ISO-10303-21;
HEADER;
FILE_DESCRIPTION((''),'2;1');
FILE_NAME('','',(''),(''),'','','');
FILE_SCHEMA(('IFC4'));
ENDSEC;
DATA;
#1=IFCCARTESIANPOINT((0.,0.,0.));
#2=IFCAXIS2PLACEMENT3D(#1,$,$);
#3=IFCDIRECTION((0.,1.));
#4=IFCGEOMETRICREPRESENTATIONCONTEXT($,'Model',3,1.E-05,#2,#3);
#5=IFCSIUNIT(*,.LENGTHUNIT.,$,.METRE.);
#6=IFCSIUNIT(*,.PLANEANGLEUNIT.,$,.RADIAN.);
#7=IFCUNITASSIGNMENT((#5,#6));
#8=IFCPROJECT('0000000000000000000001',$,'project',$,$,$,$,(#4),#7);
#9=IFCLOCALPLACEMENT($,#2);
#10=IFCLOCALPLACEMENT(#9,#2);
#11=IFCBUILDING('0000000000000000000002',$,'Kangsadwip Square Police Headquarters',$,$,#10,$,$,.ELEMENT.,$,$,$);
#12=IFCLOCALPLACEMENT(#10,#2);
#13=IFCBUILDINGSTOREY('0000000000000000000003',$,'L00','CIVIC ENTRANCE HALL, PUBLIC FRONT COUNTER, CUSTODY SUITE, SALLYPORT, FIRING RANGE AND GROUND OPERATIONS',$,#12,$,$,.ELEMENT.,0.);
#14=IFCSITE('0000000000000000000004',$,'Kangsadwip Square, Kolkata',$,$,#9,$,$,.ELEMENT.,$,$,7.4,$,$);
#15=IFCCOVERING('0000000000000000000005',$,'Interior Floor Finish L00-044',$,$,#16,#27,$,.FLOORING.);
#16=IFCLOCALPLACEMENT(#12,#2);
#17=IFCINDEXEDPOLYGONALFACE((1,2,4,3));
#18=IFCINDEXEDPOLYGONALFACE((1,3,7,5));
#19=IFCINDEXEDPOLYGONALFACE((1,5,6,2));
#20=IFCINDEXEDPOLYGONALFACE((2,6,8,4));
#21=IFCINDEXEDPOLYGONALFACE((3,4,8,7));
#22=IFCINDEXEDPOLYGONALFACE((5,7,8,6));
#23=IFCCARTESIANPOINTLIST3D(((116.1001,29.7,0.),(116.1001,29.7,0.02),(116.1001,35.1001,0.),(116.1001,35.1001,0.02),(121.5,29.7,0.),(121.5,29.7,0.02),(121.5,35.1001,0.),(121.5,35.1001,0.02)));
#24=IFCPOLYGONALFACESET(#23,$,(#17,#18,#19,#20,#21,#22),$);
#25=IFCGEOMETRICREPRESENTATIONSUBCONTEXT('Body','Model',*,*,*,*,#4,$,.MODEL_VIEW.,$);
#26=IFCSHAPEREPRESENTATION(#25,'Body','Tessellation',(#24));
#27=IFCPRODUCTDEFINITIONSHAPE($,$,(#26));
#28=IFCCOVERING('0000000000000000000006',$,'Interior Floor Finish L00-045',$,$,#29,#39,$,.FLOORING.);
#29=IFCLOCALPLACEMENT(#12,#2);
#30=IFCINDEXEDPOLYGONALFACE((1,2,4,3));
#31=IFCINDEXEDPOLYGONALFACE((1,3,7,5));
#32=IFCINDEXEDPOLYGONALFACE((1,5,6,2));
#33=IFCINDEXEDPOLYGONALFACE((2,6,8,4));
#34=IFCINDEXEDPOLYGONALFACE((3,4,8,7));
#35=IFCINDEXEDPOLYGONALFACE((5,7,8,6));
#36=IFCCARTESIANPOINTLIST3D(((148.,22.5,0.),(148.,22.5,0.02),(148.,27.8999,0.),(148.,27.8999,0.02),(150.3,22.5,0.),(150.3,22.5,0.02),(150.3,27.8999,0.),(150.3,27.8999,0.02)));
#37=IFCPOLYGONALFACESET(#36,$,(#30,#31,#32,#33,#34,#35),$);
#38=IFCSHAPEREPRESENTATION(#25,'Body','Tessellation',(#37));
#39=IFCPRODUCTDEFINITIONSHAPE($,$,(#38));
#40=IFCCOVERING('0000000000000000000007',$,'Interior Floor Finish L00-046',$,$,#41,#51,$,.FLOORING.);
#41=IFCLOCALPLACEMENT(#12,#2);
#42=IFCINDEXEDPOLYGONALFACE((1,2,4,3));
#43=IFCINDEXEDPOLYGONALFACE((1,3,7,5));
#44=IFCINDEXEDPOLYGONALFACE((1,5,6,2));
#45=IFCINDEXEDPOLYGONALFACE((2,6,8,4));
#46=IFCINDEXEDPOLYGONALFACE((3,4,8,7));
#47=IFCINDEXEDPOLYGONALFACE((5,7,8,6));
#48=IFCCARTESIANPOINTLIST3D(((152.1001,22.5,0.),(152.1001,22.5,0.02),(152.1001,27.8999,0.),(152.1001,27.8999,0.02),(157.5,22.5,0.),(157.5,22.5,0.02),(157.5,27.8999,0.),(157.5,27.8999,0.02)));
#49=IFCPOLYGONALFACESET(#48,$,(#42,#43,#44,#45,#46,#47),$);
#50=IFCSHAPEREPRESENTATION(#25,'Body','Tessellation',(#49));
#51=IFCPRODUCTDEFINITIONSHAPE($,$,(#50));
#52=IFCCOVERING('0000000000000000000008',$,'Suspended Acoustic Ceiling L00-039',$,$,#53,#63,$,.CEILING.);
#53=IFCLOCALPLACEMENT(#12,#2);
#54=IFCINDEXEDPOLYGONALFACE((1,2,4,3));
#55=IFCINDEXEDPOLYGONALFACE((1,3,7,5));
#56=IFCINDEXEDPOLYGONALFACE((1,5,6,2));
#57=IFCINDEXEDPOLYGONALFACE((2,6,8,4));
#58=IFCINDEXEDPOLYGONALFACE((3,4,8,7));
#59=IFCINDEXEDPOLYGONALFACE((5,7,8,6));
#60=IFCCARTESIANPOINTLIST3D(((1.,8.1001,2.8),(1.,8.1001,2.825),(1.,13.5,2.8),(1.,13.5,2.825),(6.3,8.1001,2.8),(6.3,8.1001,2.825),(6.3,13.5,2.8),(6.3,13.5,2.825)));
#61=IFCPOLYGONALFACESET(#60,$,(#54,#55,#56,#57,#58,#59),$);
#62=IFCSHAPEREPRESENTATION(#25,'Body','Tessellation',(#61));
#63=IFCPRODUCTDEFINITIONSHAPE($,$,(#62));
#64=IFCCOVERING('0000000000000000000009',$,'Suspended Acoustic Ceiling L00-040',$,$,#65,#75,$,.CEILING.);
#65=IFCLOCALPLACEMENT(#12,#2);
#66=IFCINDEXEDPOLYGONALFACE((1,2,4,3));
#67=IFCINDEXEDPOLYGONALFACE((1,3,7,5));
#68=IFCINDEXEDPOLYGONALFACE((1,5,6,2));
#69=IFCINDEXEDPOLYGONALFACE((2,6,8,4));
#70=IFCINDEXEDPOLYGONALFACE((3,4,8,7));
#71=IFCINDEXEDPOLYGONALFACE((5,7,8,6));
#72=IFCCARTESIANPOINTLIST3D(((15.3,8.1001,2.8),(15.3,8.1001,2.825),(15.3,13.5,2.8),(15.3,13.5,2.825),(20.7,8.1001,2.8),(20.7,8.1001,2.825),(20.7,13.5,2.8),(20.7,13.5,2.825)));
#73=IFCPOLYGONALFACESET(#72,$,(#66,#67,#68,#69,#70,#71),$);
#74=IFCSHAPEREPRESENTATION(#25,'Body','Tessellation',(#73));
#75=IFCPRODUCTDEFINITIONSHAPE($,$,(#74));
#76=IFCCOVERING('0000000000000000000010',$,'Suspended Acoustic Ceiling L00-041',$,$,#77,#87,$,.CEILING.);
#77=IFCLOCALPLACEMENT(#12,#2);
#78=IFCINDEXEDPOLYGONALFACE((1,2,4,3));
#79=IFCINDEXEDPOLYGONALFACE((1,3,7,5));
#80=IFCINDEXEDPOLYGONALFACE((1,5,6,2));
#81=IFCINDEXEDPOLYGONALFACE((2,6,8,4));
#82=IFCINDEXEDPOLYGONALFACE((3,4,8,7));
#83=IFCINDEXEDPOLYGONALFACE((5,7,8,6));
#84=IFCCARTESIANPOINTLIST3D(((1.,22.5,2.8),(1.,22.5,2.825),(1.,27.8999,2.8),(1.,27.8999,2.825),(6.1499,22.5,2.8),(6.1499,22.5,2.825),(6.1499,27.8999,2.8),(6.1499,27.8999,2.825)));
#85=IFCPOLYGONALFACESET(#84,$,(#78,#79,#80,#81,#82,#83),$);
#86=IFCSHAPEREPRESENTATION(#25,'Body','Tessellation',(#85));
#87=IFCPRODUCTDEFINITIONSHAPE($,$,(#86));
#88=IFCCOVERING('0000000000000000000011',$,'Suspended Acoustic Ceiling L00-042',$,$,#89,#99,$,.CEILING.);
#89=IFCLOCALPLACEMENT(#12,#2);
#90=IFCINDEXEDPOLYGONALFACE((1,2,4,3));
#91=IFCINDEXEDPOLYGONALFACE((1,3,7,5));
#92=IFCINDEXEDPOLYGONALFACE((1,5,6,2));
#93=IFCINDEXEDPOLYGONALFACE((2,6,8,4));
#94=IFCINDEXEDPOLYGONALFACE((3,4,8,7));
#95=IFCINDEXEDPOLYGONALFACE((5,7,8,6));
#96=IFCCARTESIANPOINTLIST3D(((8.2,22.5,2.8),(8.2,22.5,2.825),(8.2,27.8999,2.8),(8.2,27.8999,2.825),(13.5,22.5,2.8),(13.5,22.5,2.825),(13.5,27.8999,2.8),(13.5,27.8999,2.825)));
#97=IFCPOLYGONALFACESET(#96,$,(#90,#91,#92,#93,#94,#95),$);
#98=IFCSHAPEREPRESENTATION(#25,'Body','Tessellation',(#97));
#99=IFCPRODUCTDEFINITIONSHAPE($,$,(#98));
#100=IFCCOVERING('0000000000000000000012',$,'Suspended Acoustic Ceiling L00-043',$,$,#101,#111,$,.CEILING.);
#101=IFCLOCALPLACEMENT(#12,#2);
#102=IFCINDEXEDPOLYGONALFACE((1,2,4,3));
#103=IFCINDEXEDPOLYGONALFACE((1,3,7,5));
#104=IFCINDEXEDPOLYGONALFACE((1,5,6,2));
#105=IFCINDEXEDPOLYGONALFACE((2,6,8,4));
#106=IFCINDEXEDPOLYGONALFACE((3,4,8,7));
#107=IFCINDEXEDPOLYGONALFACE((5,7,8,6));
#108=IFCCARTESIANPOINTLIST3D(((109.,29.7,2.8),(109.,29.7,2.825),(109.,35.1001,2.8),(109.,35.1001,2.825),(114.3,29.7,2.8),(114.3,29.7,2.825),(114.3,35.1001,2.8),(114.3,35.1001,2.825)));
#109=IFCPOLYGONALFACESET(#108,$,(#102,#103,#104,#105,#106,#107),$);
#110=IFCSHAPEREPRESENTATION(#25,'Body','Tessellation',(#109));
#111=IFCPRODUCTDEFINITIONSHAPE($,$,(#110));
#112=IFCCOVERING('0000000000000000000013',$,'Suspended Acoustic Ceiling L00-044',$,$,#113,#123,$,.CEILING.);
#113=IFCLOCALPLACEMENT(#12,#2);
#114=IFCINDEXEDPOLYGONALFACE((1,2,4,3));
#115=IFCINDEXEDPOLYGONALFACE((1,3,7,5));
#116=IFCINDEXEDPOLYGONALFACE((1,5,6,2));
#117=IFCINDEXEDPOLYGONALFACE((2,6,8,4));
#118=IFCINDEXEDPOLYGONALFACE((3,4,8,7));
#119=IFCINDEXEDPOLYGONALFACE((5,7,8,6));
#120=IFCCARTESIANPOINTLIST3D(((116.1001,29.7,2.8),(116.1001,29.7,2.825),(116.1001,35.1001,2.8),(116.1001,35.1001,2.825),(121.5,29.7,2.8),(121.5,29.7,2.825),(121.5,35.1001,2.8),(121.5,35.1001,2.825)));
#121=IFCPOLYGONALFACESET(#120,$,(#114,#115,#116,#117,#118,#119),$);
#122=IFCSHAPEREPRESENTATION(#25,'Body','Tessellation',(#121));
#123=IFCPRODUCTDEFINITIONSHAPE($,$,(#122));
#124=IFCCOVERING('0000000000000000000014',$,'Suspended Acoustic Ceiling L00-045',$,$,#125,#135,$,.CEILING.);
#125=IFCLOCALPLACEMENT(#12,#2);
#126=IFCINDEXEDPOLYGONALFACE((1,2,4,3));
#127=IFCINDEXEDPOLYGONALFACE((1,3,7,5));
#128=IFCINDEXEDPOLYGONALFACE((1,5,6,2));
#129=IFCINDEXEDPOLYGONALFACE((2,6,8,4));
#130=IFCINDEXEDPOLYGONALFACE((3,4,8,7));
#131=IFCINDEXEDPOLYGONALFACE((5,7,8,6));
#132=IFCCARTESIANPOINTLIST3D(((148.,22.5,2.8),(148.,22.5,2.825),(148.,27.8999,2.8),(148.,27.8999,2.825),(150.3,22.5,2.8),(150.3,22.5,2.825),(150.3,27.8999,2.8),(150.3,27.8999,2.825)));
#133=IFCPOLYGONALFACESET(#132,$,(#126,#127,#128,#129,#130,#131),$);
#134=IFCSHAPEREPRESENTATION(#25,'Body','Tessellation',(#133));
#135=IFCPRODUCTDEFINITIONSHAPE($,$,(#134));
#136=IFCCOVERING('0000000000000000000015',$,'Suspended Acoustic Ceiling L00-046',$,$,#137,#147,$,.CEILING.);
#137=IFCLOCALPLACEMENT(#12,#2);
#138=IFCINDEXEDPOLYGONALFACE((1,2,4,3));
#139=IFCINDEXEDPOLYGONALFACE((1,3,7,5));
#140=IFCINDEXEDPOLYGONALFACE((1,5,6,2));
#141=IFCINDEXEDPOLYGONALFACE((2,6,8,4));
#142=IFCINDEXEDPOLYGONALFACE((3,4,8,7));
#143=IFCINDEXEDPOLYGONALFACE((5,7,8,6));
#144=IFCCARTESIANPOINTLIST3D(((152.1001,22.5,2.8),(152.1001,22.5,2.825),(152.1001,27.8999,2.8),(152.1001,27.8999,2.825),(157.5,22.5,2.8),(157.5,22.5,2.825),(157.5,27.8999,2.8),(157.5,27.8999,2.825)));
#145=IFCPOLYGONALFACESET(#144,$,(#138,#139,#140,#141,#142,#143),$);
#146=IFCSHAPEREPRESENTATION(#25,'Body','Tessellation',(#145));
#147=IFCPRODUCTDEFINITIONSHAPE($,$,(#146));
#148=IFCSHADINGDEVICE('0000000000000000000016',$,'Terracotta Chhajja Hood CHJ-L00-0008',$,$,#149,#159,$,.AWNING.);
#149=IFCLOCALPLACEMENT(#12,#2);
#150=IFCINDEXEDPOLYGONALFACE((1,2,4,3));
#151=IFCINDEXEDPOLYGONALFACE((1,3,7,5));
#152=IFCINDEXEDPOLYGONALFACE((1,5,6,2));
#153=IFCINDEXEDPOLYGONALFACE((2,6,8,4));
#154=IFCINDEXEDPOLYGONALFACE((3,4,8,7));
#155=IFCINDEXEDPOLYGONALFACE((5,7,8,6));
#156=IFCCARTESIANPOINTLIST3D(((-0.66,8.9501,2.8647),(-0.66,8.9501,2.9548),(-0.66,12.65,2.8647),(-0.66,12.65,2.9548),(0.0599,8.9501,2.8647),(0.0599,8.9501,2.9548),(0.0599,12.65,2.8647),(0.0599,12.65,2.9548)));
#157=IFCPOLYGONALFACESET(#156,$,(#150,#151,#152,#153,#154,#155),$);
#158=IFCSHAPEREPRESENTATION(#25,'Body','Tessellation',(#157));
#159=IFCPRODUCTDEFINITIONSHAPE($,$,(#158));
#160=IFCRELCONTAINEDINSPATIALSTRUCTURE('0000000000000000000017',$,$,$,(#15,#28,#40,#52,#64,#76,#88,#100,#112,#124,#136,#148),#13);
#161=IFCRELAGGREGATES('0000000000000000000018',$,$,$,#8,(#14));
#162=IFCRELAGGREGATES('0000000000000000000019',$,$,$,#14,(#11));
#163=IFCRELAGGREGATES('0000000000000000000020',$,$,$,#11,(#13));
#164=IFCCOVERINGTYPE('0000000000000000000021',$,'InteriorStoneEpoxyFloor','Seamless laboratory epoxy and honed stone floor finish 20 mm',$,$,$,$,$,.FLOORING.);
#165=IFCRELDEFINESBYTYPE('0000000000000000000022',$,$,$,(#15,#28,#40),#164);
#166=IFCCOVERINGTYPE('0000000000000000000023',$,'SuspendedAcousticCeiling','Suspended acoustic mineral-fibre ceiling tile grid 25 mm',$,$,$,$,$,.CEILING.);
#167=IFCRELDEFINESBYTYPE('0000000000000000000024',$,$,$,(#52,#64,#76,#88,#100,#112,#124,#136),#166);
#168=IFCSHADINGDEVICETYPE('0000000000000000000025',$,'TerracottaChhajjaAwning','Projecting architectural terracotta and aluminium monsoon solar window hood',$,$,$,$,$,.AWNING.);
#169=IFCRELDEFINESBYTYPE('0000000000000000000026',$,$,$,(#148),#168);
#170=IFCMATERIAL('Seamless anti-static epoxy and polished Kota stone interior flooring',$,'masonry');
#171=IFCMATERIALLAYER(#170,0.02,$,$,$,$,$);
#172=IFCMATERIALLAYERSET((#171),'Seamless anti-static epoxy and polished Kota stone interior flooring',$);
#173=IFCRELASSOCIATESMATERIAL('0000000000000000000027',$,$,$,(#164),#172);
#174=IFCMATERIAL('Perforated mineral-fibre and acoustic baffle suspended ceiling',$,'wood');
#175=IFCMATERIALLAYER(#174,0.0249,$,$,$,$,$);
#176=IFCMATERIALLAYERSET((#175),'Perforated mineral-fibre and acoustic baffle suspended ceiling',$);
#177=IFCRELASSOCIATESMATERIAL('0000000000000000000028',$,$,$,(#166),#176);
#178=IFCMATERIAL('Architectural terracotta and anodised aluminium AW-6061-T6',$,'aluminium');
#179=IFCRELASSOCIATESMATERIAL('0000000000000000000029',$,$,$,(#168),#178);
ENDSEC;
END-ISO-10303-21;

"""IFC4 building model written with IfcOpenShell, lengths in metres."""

from ifc_helpers import new_model, si_unit, direction, frame, origin, origin_2d, place, context, subcontext, project, spatial, polyline, rectangle, outline, extrude, material, layer, layer_set, type_object, element, save


model = new_model("IFC4")

# Units and contexts
model_context = context("Model", 3, precision=1e-05, world=origin(), true_north=direction((0.0, 1.0)))
body_context = subcontext(model_context, "Body", "Model", "MODEL_VIEW")
ifc_project = project(units=[si_unit("LENGTHUNIT", "METRE"), si_unit("PLANEANGLEUNIT", "RADIAN")], contexts=[model_context])

# Site, building, storey
site_placement = place(None, origin())
site = spatial("IfcSite", under=ifc_project, at=site_placement, Name="Kangsadwip Square, Kolkata", CompositionType="ELEMENT", RefElevation=7.4)
building_placement = place(site_placement, origin())
building = spatial("IfcBuilding", under=site, at=building_placement, Name="Kangsadwip Square Police Headquarters", CompositionType="ELEMENT")
storey_placement = place(building_placement, origin())
storey = spatial("IfcBuildingStorey", under=building, at=storey_placement, Name="L00", Description="CIVIC ENTRANCE HALL, PUBLIC FRONT COUNTER, CUSTODY SUITE, SALLYPORT, FIRING RANGE AND GROUND OPERATIONS", CompositionType="ELEMENT", Elevation=0.0)

# Coverings
ifc_material_1 = material(Name="Seamless anti-static epoxy and polished Kota stone interior flooring", Category="masonry")
ifc_layer_1 = layer(ifc_material_1, 0.02)
ifc_layer_set_1 = layer_set([ifc_layer_1], Name="Seamless anti-static epoxy and polished Kota stone interior flooring")
covering_type_1 = type_object("IfcCoveringType", Name="InteriorStoneEpoxyFloor", Description="Seamless laboratory epoxy and honed stone floor finish 20 mm", PredefinedType="FLOORING", material=ifc_layer_set_1)
covering_1_placement = place(storey_placement, origin())
element("IfcCovering", 1, at=covering_1_placement, inside=storey, type_object=covering_type_1, Name="Interior Floor Finish L00-044", PredefinedType="FLOORING", context=body_context, shape_type="SweptSolid", body=[
    extrude(outline(polyline([(116.1001, 29.7), (121.5, 29.7), (121.5, 35.1001), (116.1001, 35.1001), (116.1001, 29.7)])), origin(), (0.0, 0.0, 1.0), 0.02),
])
covering_2_placement = place(storey_placement, origin())
element("IfcCovering", 2, at=covering_2_placement, inside=storey, type_object=covering_type_1, Name="Interior Floor Finish L00-045", PredefinedType="FLOORING", context=body_context, shape_type="SweptSolid", body=[
    extrude(outline(polyline([(148.0, 22.5), (150.3, 22.5), (150.3, 27.8999), (148.0, 27.8999), (148.0, 22.5)])), origin(), (0.0, 0.0, 1.0), 0.02),
])
covering_3_placement = place(storey_placement, origin())
element("IfcCovering", 3, at=covering_3_placement, inside=storey, type_object=covering_type_1, Name="Interior Floor Finish L00-046", PredefinedType="FLOORING", context=body_context, shape_type="SweptSolid", body=[
    extrude(outline(polyline([(152.1001, 22.5), (157.5, 22.5), (157.5, 27.8999), (152.1001, 27.8999), (152.1001, 22.5)])), origin(), (0.0, 0.0, 1.0), 0.02),
])
ifc_material_2 = material(Name="Perforated mineral-fibre and acoustic baffle suspended ceiling", Category="wood")
ifc_layer_2 = layer(ifc_material_2, 0.0249)
ifc_layer_set_2 = layer_set([ifc_layer_2], Name="Perforated mineral-fibre and acoustic baffle suspended ceiling")
covering_type_2 = type_object("IfcCoveringType", Name="SuspendedAcousticCeiling", Description="Suspended acoustic mineral-fibre ceiling tile grid 25 mm", PredefinedType="CEILING", material=ifc_layer_set_2)
covering_4_placement = place(storey_placement, frame((0.0, 0.0, 2.8)))
element("IfcCovering", 4, at=covering_4_placement, inside=storey, type_object=covering_type_2, Name="Suspended Acoustic Ceiling L00-039", PredefinedType="CEILING", context=body_context, shape_type="SweptSolid", body=[
    extrude(outline(polyline([(1.0, 8.1001), (6.3, 8.1001), (6.3, 13.5), (1.0, 13.5), (1.0, 8.1001)])), origin(), (0.0, 0.0, 1.0), 0.0249),
])
covering_5_placement = place(storey_placement, frame((0.0, 0.0, 2.8)))
element("IfcCovering", 5, at=covering_5_placement, inside=storey, type_object=covering_type_2, Name="Suspended Acoustic Ceiling L00-040", PredefinedType="CEILING", context=body_context, shape_type="SweptSolid", body=[
    extrude(outline(polyline([(15.3, 8.1001), (20.7, 8.1001), (20.7, 13.5), (15.3, 13.5), (15.3, 8.1001)])), origin(), (0.0, 0.0, 1.0), 0.0249),
])
covering_6_placement = place(storey_placement, frame((0.0, 0.0, 2.8)))
element("IfcCovering", 6, at=covering_6_placement, inside=storey, type_object=covering_type_2, Name="Suspended Acoustic Ceiling L00-041", PredefinedType="CEILING", context=body_context, shape_type="SweptSolid", body=[
    extrude(outline(polyline([(1.0, 22.5), (6.1499, 22.5), (6.1499, 27.8999), (1.0, 27.8999), (1.0, 22.5)])), origin(), (0.0, 0.0, 1.0), 0.0249),
])
covering_7_placement = place(storey_placement, frame((0.0, 0.0, 2.8)))
element("IfcCovering", 7, at=covering_7_placement, inside=storey, type_object=covering_type_2, Name="Suspended Acoustic Ceiling L00-042", PredefinedType="CEILING", context=body_context, shape_type="SweptSolid", body=[
    extrude(outline(polyline([(8.2, 22.5), (13.5, 22.5), (13.5, 27.8999), (8.2, 27.8999), (8.2, 22.5)])), origin(), (0.0, 0.0, 1.0), 0.0249),
])
covering_8_placement = place(storey_placement, frame((0.0, 0.0, 2.8)))
element("IfcCovering", 8, at=covering_8_placement, inside=storey, type_object=covering_type_2, Name="Suspended Acoustic Ceiling L00-043", PredefinedType="CEILING", context=body_context, shape_type="SweptSolid", body=[
    extrude(outline(polyline([(109.0, 29.7), (114.3, 29.7), (114.3, 35.1001), (109.0, 35.1001), (109.0, 29.7)])), origin(), (0.0, 0.0, 1.0), 0.0249),
])
covering_9_placement = place(storey_placement, frame((0.0, 0.0, 2.8)))
element("IfcCovering", 9, at=covering_9_placement, inside=storey, type_object=covering_type_2, Name="Suspended Acoustic Ceiling L00-044", PredefinedType="CEILING", context=body_context, shape_type="SweptSolid", body=[
    extrude(outline(polyline([(116.1001, 29.7), (121.5, 29.7), (121.5, 35.1001), (116.1001, 35.1001), (116.1001, 29.7)])), origin(), (0.0, 0.0, 1.0), 0.0249),
])
covering_10_placement = place(storey_placement, frame((0.0, 0.0, 2.8)))
element("IfcCovering", 10, at=covering_10_placement, inside=storey, type_object=covering_type_2, Name="Suspended Acoustic Ceiling L00-045", PredefinedType="CEILING", context=body_context, shape_type="SweptSolid", body=[
    extrude(outline(polyline([(148.0, 22.5), (150.3, 22.5), (150.3, 27.8999), (148.0, 27.8999), (148.0, 22.5)])), origin(), (0.0, 0.0, 1.0), 0.0249),
])
covering_11_placement = place(storey_placement, frame((0.0, 0.0, 2.8)))
element("IfcCovering", 11, at=covering_11_placement, inside=storey, type_object=covering_type_2, Name="Suspended Acoustic Ceiling L00-046", PredefinedType="CEILING", context=body_context, shape_type="SweptSolid", body=[
    extrude(outline(polyline([(152.1001, 22.5), (157.5, 22.5), (157.5, 27.8999), (152.1001, 27.8999), (152.1001, 22.5)])), origin(), (0.0, 0.0, 1.0), 0.0249),
])

# Shading device
ifc_material_3 = material(Name="Architectural terracotta and anodised aluminium AW-6061-T6", Category="aluminium")
shading_device_type = type_object("IfcShadingDeviceType", Name="TerracottaChhajjaAwning", Description="Projecting architectural terracotta and aluminium monsoon solar window hood", PredefinedType="AWNING", material=ifc_material_3)
shading_device_placement = place(storey_placement, frame((-0.3, 10.8, 2.8647), z_axis=(0.0, 0.0, 1.0), x_axis=(0.0, 1.0, 0.0)))
element("IfcShadingDevice", 12, at=shading_device_placement, inside=storey, type_object=shading_device_type, Name="Terracotta Chhajja Hood CHJ-L00-0008", PredefinedType="AWNING", context=body_context, shape_type="SweptSolid", body=[
    extrude(rectangle(XDim=3.7, YDim=0.72, at=origin_2d()), origin(), (0.0, 0.0, 1.0), 0.0901),
])

save(model, "model.ifc")
